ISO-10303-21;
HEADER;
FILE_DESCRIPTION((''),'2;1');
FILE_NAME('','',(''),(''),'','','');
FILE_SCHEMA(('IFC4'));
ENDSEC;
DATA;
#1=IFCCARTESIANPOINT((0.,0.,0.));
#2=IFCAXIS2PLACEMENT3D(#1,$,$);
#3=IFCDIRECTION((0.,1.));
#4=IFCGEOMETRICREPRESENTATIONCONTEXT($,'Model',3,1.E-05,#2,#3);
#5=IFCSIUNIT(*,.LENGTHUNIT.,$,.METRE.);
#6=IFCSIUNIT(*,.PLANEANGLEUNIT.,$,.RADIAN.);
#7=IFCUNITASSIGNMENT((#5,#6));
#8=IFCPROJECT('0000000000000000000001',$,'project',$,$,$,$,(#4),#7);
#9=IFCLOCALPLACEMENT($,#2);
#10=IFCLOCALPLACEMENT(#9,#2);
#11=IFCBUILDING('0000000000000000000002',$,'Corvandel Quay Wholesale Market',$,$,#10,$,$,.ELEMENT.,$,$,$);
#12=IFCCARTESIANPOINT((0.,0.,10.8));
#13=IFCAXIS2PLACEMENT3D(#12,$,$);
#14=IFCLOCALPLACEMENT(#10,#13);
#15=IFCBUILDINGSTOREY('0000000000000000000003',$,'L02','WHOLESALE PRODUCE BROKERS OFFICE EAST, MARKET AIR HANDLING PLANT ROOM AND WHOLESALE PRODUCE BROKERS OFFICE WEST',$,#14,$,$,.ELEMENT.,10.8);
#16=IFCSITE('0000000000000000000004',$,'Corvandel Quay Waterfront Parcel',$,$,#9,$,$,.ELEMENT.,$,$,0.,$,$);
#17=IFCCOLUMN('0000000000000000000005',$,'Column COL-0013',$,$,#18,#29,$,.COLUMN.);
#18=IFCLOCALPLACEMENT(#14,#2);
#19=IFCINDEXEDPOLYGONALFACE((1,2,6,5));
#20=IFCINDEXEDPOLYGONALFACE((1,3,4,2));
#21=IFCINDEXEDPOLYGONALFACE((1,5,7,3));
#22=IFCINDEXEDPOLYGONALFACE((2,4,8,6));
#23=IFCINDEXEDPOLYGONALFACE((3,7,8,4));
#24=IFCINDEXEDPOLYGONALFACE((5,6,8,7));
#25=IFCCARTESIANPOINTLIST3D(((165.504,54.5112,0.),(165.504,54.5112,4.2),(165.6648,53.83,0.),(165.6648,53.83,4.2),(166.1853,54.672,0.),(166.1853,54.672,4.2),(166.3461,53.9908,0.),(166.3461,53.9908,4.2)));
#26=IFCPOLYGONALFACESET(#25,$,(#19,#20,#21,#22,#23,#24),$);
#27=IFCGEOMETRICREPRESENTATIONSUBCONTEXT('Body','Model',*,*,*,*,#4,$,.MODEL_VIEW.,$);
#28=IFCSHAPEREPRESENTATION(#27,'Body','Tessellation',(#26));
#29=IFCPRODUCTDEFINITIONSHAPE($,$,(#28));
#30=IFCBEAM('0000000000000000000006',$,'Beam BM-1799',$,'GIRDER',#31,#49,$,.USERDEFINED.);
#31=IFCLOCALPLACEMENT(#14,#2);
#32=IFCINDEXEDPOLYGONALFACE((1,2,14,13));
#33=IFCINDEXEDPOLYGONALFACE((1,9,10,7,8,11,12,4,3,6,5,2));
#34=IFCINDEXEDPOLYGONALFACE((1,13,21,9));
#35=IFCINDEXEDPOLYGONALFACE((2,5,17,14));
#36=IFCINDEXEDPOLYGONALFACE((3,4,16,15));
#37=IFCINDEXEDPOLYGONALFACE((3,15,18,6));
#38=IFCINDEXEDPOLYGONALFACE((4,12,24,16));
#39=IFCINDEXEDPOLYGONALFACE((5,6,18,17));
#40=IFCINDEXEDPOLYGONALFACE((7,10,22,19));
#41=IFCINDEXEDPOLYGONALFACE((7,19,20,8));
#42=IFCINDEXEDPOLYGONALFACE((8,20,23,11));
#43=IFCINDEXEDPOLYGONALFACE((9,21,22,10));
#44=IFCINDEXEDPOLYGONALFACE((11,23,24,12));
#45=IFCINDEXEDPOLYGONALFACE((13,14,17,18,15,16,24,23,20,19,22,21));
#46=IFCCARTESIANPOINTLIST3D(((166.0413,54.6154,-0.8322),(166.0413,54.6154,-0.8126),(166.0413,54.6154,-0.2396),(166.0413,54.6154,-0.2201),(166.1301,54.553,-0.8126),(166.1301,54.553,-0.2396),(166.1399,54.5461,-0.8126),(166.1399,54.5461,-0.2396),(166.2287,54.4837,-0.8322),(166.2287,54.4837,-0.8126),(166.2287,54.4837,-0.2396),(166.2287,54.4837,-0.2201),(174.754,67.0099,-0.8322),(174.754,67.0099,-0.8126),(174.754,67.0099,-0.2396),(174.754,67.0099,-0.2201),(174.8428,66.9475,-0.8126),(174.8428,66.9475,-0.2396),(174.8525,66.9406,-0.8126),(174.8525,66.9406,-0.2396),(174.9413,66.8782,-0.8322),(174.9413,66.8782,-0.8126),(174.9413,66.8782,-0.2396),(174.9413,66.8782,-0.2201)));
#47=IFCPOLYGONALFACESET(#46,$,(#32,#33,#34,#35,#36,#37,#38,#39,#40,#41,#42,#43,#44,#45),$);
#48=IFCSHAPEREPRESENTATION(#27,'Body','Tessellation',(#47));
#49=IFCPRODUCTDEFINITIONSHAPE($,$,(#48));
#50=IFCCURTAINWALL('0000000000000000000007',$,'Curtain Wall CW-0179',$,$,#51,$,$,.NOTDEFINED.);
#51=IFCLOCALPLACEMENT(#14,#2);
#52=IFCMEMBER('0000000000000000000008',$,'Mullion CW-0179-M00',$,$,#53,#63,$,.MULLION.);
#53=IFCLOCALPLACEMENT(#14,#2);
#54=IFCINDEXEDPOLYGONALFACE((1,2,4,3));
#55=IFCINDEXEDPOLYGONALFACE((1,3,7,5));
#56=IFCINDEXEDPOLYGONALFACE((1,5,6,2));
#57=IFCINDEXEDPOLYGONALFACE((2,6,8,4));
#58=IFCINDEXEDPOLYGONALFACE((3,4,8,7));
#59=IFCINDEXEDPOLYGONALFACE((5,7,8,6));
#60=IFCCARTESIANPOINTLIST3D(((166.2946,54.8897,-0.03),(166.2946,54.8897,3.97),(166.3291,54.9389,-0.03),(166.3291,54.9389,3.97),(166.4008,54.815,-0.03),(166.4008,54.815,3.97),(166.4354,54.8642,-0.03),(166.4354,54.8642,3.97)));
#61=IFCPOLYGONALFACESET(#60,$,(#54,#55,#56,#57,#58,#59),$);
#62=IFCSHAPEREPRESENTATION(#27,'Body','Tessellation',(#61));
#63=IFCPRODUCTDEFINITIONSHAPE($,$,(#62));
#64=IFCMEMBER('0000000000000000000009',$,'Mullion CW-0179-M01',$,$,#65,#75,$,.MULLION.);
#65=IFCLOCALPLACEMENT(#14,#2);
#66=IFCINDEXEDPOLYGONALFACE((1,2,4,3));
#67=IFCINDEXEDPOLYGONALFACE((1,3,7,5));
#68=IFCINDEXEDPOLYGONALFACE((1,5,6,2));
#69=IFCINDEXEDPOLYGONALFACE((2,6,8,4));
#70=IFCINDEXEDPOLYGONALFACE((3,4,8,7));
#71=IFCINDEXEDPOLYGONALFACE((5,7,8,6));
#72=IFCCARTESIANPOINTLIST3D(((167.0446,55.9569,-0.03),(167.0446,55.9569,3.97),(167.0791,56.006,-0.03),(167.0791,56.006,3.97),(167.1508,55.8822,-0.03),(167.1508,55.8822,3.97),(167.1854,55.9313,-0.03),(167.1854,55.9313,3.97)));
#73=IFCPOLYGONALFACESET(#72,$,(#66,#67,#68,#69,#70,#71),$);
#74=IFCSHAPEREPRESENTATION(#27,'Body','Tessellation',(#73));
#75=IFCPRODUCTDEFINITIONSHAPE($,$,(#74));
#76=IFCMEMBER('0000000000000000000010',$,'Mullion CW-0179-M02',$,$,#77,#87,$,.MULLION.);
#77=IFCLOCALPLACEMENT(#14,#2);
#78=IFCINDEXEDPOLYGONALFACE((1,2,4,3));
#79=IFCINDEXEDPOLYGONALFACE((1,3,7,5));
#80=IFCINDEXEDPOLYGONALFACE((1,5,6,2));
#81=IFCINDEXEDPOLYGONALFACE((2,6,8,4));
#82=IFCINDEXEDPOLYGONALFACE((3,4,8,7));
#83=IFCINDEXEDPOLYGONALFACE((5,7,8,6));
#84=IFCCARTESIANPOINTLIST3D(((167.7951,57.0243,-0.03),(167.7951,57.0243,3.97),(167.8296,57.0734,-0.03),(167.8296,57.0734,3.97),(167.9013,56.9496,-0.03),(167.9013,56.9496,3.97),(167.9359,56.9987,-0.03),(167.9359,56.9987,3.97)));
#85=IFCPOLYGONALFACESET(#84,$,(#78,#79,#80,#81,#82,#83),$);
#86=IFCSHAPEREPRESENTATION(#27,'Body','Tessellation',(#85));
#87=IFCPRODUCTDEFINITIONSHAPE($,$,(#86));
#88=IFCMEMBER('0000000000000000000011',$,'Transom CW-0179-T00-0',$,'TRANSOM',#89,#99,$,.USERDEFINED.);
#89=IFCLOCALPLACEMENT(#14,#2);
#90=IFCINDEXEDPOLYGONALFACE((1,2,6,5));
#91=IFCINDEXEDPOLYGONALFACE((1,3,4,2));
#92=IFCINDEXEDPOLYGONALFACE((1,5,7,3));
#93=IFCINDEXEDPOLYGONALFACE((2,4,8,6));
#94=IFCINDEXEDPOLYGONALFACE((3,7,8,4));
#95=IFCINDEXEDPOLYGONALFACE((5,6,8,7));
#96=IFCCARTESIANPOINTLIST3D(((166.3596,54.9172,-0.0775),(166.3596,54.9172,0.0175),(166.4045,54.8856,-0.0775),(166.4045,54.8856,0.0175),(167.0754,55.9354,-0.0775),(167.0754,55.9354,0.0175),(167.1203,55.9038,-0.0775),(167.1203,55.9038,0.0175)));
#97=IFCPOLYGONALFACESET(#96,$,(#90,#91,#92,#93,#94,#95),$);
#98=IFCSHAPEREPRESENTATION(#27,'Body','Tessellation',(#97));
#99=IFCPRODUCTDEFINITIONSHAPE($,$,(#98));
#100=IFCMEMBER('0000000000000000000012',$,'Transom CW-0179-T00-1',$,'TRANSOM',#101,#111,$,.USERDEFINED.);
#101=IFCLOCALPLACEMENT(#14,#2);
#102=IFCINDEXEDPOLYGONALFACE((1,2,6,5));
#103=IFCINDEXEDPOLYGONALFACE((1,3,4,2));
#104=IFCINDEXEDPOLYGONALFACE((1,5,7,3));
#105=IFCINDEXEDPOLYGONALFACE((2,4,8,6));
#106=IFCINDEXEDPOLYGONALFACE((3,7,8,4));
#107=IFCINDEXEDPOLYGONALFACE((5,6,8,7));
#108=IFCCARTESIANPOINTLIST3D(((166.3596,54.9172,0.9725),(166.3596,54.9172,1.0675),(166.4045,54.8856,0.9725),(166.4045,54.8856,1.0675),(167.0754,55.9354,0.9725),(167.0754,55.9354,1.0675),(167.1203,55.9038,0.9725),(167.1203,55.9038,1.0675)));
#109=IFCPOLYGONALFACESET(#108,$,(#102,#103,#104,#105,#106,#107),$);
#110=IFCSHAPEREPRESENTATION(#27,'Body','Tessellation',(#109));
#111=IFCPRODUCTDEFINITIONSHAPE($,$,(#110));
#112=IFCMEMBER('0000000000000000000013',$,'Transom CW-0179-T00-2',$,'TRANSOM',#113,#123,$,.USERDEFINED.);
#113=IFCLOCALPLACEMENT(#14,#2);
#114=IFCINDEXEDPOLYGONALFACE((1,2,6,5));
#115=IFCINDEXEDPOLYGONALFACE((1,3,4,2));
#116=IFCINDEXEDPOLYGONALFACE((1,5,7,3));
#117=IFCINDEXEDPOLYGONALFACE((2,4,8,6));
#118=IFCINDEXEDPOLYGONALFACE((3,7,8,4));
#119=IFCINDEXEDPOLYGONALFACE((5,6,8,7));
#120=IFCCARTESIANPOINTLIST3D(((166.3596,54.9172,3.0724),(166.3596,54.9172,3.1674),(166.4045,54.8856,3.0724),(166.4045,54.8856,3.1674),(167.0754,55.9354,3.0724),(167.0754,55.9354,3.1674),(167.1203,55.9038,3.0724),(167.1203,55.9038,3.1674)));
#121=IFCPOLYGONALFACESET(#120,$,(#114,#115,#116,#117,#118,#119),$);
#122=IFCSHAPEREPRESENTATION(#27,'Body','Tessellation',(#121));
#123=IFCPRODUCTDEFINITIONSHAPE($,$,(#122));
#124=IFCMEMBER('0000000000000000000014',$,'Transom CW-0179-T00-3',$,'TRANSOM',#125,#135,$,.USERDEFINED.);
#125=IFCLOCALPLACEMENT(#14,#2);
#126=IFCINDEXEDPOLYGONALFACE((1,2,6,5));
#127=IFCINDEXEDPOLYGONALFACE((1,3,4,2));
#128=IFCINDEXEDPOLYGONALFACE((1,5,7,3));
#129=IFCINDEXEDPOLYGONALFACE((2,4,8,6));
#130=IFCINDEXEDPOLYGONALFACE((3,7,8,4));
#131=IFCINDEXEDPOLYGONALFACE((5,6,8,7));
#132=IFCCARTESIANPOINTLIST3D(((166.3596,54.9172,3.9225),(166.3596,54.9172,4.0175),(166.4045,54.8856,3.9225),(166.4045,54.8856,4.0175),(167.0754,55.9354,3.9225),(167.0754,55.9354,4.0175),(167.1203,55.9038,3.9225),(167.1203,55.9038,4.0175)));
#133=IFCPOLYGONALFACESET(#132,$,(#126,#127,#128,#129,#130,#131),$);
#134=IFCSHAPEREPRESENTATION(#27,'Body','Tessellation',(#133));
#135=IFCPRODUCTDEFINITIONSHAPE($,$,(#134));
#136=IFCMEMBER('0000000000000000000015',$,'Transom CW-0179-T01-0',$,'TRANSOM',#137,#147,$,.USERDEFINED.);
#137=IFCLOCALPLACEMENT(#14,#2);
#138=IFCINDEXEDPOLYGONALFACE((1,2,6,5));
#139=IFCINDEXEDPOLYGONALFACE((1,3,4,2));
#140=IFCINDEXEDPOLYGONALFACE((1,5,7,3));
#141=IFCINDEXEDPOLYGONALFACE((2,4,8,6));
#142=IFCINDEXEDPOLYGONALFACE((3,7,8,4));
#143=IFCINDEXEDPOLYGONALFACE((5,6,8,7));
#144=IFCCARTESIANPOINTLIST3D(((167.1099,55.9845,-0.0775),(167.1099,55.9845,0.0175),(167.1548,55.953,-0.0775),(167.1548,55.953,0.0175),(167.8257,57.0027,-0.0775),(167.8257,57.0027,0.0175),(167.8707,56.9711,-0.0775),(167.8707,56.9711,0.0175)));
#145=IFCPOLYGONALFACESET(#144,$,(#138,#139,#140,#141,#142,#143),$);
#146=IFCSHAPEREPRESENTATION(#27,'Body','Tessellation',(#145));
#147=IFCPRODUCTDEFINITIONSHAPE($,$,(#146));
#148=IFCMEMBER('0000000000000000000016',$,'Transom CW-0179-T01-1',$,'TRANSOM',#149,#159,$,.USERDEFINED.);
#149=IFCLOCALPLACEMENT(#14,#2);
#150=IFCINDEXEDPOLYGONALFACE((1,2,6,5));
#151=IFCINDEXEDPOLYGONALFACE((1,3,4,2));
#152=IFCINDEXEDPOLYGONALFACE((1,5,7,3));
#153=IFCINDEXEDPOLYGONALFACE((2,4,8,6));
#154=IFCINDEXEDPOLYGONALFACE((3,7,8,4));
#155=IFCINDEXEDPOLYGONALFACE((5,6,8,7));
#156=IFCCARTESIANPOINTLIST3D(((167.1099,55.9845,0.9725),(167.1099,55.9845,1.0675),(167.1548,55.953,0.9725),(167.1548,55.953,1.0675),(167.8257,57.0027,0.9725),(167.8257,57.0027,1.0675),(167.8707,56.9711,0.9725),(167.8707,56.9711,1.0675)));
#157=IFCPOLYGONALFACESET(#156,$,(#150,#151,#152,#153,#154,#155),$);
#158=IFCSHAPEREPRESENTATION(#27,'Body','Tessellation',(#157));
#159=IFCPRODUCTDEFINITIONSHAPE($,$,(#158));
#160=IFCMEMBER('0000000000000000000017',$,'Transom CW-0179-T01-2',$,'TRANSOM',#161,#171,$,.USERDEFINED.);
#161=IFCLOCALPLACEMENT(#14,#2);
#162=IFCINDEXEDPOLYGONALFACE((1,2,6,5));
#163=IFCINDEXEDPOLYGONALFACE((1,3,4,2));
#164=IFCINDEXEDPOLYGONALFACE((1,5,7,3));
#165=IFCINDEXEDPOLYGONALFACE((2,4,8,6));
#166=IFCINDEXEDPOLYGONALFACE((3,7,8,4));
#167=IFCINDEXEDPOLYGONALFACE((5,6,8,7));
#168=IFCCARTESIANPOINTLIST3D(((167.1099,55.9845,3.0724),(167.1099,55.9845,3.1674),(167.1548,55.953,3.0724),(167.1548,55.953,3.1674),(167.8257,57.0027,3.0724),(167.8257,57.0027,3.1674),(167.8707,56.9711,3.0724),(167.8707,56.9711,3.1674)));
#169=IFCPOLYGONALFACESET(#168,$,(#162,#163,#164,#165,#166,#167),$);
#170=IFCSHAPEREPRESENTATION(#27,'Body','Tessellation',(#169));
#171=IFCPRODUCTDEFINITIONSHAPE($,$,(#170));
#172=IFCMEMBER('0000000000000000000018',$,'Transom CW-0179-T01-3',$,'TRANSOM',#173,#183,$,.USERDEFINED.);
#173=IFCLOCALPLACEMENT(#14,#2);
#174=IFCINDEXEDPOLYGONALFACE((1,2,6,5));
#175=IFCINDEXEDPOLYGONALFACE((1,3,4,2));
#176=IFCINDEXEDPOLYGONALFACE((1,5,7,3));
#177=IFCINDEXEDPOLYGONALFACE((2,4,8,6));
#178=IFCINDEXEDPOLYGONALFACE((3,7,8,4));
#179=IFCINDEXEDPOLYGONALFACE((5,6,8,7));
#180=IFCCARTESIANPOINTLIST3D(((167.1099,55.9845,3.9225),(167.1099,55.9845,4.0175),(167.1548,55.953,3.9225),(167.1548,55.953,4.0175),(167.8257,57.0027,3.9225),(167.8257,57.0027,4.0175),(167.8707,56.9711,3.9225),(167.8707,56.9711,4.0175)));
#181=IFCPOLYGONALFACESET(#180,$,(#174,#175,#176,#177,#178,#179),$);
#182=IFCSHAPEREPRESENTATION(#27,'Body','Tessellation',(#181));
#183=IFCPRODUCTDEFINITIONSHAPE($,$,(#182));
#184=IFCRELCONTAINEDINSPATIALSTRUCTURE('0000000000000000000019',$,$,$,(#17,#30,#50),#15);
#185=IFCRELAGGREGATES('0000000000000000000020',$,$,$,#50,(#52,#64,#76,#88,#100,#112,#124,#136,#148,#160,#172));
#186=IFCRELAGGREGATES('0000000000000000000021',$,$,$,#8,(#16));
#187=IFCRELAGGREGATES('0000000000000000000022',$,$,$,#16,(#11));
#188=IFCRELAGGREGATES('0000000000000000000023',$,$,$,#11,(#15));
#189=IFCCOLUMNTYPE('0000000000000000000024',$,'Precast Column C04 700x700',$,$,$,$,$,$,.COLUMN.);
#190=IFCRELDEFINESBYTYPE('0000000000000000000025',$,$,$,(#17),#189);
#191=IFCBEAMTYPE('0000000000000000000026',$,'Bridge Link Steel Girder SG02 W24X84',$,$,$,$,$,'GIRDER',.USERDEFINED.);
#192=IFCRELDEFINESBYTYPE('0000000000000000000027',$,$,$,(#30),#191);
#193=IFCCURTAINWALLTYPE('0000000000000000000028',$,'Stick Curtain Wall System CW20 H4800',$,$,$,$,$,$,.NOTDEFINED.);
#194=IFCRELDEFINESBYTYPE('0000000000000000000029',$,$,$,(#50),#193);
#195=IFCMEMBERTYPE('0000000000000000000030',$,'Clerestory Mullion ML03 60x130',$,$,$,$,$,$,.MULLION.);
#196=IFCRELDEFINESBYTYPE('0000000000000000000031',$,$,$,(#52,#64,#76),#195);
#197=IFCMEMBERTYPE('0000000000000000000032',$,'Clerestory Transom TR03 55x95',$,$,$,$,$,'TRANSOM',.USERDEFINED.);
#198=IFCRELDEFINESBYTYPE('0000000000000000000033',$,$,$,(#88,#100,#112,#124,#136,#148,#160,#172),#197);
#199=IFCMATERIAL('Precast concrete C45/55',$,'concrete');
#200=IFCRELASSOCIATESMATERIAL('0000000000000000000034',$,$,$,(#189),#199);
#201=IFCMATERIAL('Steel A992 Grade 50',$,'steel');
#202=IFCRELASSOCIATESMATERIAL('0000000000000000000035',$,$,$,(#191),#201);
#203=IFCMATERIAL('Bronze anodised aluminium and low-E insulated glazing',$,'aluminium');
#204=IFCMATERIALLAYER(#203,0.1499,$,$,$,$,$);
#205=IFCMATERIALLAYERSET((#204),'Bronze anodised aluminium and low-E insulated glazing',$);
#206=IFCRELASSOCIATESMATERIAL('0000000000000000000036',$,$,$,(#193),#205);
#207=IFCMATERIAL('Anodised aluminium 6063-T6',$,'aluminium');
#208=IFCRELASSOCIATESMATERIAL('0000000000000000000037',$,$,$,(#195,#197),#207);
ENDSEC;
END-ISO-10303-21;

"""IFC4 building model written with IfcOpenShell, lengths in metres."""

from ifc_helpers import new_model, si_unit, direction, frame, origin, origin_2d, place, context, subcontext, project, spatial, rectangle, i_section, extrude, material, layer, layer_set, material_profile, profile_set, type_object, element, aggregate, save


model = new_model("IFC4")

# Units and contexts
model_context = context("Model", 3, precision=1e-05, world=origin(), true_north=direction((0.0, 1.0)))
body_context = subcontext(model_context, "Body", "Model", "MODEL_VIEW")
ifc_project = project(units=[si_unit("LENGTHUNIT", "METRE"), si_unit("PLANEANGLEUNIT", "RADIAN")], contexts=[model_context])

# Site, building, storey
site_placement = place(None, origin())
site = spatial("IfcSite", under=ifc_project, at=site_placement, Name="Corvandel Quay Waterfront Parcel", CompositionType="ELEMENT", RefElevation=0.0)
building_placement = place(site_placement, origin())
building = spatial("IfcBuilding", under=site, at=building_placement, Name="Corvandel Quay Wholesale Market", CompositionType="ELEMENT")
storey_placement = place(building_placement, frame((0.0, 0.0, 10.8)))
storey = spatial("IfcBuildingStorey", under=building, at=storey_placement, Name="L02", Description="WHOLESALE PRODUCE BROKERS OFFICE EAST, MARKET AIR HANDLING PLANT ROOM AND WHOLESALE PRODUCE BROKERS OFFICE WEST", CompositionType="ELEMENT", Elevation=10.8)

# Column
ifc_material_1 = material(Name="Precast concrete C45/55", Category="concrete")
ifc_material_profile_1 = material_profile(ifc_material_1, rectangle(XDim=0.7, YDim=0.7, at=origin_2d()), Name="PC-COL-700x700")
ifc_profile_set_1 = profile_set([ifc_material_profile_1], Name="Precast concrete C45/55")
column_type = type_object("IfcColumnType", Name="Precast Column C04 700x700", PredefinedType="COLUMN", material=ifc_profile_set_1)
column_placement = place(storey_placement, frame((165.925, 54.251, 0.0), z_axis=(0.0, 0.0, 1.0), x_axis=(-0.22971, 0.973259, 0.0)))
element("IfcColumn", 1, at=column_placement, inside=storey, type_object=column_type, Name="Column COL-0013", PredefinedType="COLUMN", context=body_context, shape_type="SweptSolid", body=[
    extrude(rectangle(XDim=0.7, YDim=0.7, at=origin_2d()), origin(), (0.0, 0.0, 1.0), 4.2),
])

# Beam
ifc_material_2 = material(Name="Steel A992 Grade 50", Category="steel")
ifc_material_profile_2 = material_profile(ifc_material_2, i_section(OverallWidth=0.229, OverallDepth=0.6121, WebThickness=0.012, FlangeThickness=0.0195, at=origin_2d()), Name="W24X84")
ifc_profile_set_2 = profile_set([ifc_material_profile_2], Name="Steel A992 Grade 50")
beam_type_1 = type_object("IfcBeamType", Name="Bridge Link Steel Girder SG02 W24X84", ElementType="GIRDER", PredefinedType="USERDEFINED", material=ifc_profile_set_2)
beam_1_placement = place(storey_placement, frame((166.135, 54.5496, -0.5261), z_axis=(0.575077, 0.818099, 0.0), x_axis=(-0.818099, 0.575077, 0.0)))
element("IfcBeam", 2, at=beam_1_placement, inside=storey, type_object=beam_type_1, Name="Beam BM-1799", ObjectType="GIRDER", PredefinedType="USERDEFINED", context=body_context, shape_type="SweptSolid", body=[
    extrude(i_section(OverallWidth=0.229, OverallDepth=0.6121, WebThickness=0.012, FlangeThickness=0.0195, at=origin_2d()), origin(), (0.0, 0.0, 1.0), 15.1504),
])

# Curtain wall, members
ifc_material_3 = material(Name="Bronze anodised aluminium and low-E insulated glazing", Category="aluminium")
ifc_layer_1 = layer(ifc_material_3, 0.1499)
ifc_layer_set_1 = layer_set([ifc_layer_1], Name="Bronze anodised aluminium and low-E insulated glazing")
curtain_wall_type_1 = type_object("IfcCurtainWallType", Name="Stick Curtain Wall System CW20 H4800", PredefinedType="NOTDEFINED", material=ifc_layer_set_1)
curtain_wall_1_placement = place(storey_placement, origin())
curtain_wall_1 = element("IfcCurtainWall", 3, at=curtain_wall_1_placement, inside=storey, type_object=curtain_wall_type_1, Name="Curtain Wall CW-0179", PredefinedType="NOTDEFINED")
ifc_material_4 = material(Name="Anodised aluminium 6063-T6", Category="aluminium")
ifc_material_profile_3 = material_profile(ifc_material_4, rectangle(XDim=0.0601, YDim=0.1299, at=origin_2d()), Name="ALU-MUL-60x130")
ifc_profile_set_3 = profile_set([ifc_material_profile_3], Name="Anodised aluminium 6063-T6")
member_type_1 = type_object("IfcMemberType", Name="Clerestory Mullion ML03 60x130", PredefinedType="MULLION", material=ifc_profile_set_3)
member_1_placement = place(storey_placement, frame((166.365, 54.877, -0.03), z_axis=(0.0, 0.0, 1.0), x_axis=(0.575148, 0.818049, 0.0)))
member_1 = element("IfcMember", 4, at=member_1_placement, type_object=member_type_1, Name="Mullion CW-0179-M00", PredefinedType="MULLION", context=body_context, shape_type="SweptSolid", body=[
    extrude(rectangle(XDim=0.0601, YDim=0.1299, at=origin_2d()), origin(), (0.0, 0.0, 1.0), 4.0),
])
member_2_placement = place(storey_placement, frame((167.115, 55.9441, -0.03), z_axis=(0.0, 0.0, 1.0), x_axis=(0.575148, 0.818049, 0.0)))
member_2 = element("IfcMember", 5, at=member_2_placement, type_object=member_type_1, Name="Mullion CW-0179-M01", PredefinedType="MULLION", context=body_context, shape_type="SweptSolid", body=[
    extrude(rectangle(XDim=0.0601, YDim=0.1299, at=origin_2d()), origin(), (0.0, 0.0, 1.0), 4.0),
])
member_3_placement = place(storey_placement, frame((167.8655, 57.0115, -0.03), z_axis=(0.0, 0.0, 1.0), x_axis=(0.575148, 0.818049, 0.0)))
member_3 = element("IfcMember", 6, at=member_3_placement, type_object=member_type_1, Name="Mullion CW-0179-M02", PredefinedType="MULLION", context=body_context, shape_type="SweptSolid", body=[
    extrude(rectangle(XDim=0.0601, YDim=0.1299, at=origin_2d()), origin(), (0.0, 0.0, 1.0), 4.0),
])
ifc_material_profile_4 = material_profile(ifc_material_4, rectangle(XDim=0.0549, YDim=0.095, at=origin_2d()), Name="ALU-TRN-55x95")
ifc_profile_set_4 = profile_set([ifc_material_profile_4], Name="Anodised aluminium 6063-T6")
member_type_2 = type_object("IfcMemberType", Name="Clerestory Transom TR03 55x95", ElementType="TRANSOM", PredefinedType="USERDEFINED", material=ifc_profile_set_4)
member_4_placement = place(storey_placement, frame((166.3821, 54.9014, -0.03), z_axis=(0.57508, 0.818097, 0.0), x_axis=(-0.818097, 0.57508, 0.0)))
member_4 = element("IfcMember", 7, at=member_4_placement, type_object=member_type_2, Name="Transom CW-0179-T00-0", ObjectType="TRANSOM", PredefinedType="USERDEFINED", context=body_context, shape_type="SweptSolid", body=[
    extrude(rectangle(XDim=0.0549, YDim=0.095, at=origin_2d()), origin(), (0.0, 0.0, 1.0), 1.2446),
])
member_5_placement = place(storey_placement, frame((166.3821, 54.9014, 1.02), z_axis=(0.57508, 0.818097, 0.0), x_axis=(-0.818097, 0.57508, 0.0)))
member_5 = element("IfcMember", 8, at=member_5_placement, type_object=member_type_2, Name="Transom CW-0179-T00-1", ObjectType="TRANSOM", PredefinedType="USERDEFINED", context=body_context, shape_type="SweptSolid", body=[
    extrude(rectangle(XDim=0.0549, YDim=0.095, at=origin_2d()), origin(), (0.0, 0.0, 1.0), 1.2446),
])
member_6_placement = place(storey_placement, frame((166.3821, 54.9014, 3.1199), z_axis=(0.57508, 0.818097, 0.0), x_axis=(-0.818097, 0.57508, 0.0)))
member_6 = element("IfcMember", 9, at=member_6_placement, type_object=member_type_2, Name="Transom CW-0179-T00-2", ObjectType="TRANSOM", PredefinedType="USERDEFINED", context=body_context, shape_type="SweptSolid", body=[
    extrude(rectangle(XDim=0.0549, YDim=0.095, at=origin_2d()), origin(), (0.0, 0.0, 1.0), 1.2446),
])
member_7_placement = place(storey_placement, frame((166.3821, 54.9014, 3.97), z_axis=(0.57508, 0.818097, 0.0), x_axis=(-0.818097, 0.57508, 0.0)))
member_7 = element("IfcMember", 10, at=member_7_placement, type_object=member_type_2, Name="Transom CW-0179-T00-3", ObjectType="TRANSOM", PredefinedType="USERDEFINED", context=body_context, shape_type="SweptSolid", body=[
    extrude(rectangle(XDim=0.0549, YDim=0.095, at=origin_2d()), origin(), (0.0, 0.0, 1.0), 1.2446),
])
member_8_placement = place(storey_placement, frame((167.1323, 55.9688, -0.03), z_axis=(0.575173, 0.818032, 0.0), x_axis=(-0.818032, 0.575173, 0.0)))
member_8 = element("IfcMember", 11, at=member_8_placement, type_object=member_type_2, Name="Transom CW-0179-T01-0", ObjectType="TRANSOM", PredefinedType="USERDEFINED", context=body_context, shape_type="SweptSolid", body=[
    extrude(rectangle(XDim=0.0549, YDim=0.095, at=origin_2d()), origin(), (0.0, 0.0, 1.0), 1.2446),
])
member_9_placement = place(storey_placement, frame((167.1323, 55.9688, 1.02), z_axis=(0.575173, 0.818032, 0.0), x_axis=(-0.818032, 0.575173, 0.0)))
member_9 = element("IfcMember", 12, at=member_9_placement, type_object=member_type_2, Name="Transom CW-0179-T01-1", ObjectType="TRANSOM", PredefinedType="USERDEFINED", context=body_context, shape_type="SweptSolid", body=[
    extrude(rectangle(XDim=0.0549, YDim=0.095, at=origin_2d()), origin(), (0.0, 0.0, 1.0), 1.2446),
])
member_10_placement = place(storey_placement, frame((167.1323, 55.9688, 3.1199), z_axis=(0.575173, 0.818032, 0.0), x_axis=(-0.818032, 0.575173, 0.0)))
member_10 = element("IfcMember", 13, at=member_10_placement, type_object=member_type_2, Name="Transom CW-0179-T01-2", ObjectType="TRANSOM", PredefinedType="USERDEFINED", context=body_context, shape_type="SweptSolid", body=[
    extrude(rectangle(XDim=0.0549, YDim=0.095, at=origin_2d()), origin(), (0.0, 0.0, 1.0), 1.2446),
])
member_11_placement = place(storey_placement, frame((167.1323, 55.9688, 3.97), z_axis=(0.575173, 0.818032, 0.0), x_axis=(-0.818032, 0.575173, 0.0)))
member_11 = element("IfcMember", 14, at=member_11_placement, type_object=member_type_2, Name="Transom CW-0179-T01-3", ObjectType="TRANSOM", PredefinedType="USERDEFINED", context=body_context, shape_type="SweptSolid", body=[
    extrude(rectangle(XDim=0.0549, YDim=0.095, at=origin_2d()), origin(), (0.0, 0.0, 1.0), 1.2446),
])

aggregate(curtain_wall_1, [member_1, member_2, member_3, member_4, member_5, member_6, member_7, member_8, member_9, member_10, member_11])

save(model, "model.ifc")
